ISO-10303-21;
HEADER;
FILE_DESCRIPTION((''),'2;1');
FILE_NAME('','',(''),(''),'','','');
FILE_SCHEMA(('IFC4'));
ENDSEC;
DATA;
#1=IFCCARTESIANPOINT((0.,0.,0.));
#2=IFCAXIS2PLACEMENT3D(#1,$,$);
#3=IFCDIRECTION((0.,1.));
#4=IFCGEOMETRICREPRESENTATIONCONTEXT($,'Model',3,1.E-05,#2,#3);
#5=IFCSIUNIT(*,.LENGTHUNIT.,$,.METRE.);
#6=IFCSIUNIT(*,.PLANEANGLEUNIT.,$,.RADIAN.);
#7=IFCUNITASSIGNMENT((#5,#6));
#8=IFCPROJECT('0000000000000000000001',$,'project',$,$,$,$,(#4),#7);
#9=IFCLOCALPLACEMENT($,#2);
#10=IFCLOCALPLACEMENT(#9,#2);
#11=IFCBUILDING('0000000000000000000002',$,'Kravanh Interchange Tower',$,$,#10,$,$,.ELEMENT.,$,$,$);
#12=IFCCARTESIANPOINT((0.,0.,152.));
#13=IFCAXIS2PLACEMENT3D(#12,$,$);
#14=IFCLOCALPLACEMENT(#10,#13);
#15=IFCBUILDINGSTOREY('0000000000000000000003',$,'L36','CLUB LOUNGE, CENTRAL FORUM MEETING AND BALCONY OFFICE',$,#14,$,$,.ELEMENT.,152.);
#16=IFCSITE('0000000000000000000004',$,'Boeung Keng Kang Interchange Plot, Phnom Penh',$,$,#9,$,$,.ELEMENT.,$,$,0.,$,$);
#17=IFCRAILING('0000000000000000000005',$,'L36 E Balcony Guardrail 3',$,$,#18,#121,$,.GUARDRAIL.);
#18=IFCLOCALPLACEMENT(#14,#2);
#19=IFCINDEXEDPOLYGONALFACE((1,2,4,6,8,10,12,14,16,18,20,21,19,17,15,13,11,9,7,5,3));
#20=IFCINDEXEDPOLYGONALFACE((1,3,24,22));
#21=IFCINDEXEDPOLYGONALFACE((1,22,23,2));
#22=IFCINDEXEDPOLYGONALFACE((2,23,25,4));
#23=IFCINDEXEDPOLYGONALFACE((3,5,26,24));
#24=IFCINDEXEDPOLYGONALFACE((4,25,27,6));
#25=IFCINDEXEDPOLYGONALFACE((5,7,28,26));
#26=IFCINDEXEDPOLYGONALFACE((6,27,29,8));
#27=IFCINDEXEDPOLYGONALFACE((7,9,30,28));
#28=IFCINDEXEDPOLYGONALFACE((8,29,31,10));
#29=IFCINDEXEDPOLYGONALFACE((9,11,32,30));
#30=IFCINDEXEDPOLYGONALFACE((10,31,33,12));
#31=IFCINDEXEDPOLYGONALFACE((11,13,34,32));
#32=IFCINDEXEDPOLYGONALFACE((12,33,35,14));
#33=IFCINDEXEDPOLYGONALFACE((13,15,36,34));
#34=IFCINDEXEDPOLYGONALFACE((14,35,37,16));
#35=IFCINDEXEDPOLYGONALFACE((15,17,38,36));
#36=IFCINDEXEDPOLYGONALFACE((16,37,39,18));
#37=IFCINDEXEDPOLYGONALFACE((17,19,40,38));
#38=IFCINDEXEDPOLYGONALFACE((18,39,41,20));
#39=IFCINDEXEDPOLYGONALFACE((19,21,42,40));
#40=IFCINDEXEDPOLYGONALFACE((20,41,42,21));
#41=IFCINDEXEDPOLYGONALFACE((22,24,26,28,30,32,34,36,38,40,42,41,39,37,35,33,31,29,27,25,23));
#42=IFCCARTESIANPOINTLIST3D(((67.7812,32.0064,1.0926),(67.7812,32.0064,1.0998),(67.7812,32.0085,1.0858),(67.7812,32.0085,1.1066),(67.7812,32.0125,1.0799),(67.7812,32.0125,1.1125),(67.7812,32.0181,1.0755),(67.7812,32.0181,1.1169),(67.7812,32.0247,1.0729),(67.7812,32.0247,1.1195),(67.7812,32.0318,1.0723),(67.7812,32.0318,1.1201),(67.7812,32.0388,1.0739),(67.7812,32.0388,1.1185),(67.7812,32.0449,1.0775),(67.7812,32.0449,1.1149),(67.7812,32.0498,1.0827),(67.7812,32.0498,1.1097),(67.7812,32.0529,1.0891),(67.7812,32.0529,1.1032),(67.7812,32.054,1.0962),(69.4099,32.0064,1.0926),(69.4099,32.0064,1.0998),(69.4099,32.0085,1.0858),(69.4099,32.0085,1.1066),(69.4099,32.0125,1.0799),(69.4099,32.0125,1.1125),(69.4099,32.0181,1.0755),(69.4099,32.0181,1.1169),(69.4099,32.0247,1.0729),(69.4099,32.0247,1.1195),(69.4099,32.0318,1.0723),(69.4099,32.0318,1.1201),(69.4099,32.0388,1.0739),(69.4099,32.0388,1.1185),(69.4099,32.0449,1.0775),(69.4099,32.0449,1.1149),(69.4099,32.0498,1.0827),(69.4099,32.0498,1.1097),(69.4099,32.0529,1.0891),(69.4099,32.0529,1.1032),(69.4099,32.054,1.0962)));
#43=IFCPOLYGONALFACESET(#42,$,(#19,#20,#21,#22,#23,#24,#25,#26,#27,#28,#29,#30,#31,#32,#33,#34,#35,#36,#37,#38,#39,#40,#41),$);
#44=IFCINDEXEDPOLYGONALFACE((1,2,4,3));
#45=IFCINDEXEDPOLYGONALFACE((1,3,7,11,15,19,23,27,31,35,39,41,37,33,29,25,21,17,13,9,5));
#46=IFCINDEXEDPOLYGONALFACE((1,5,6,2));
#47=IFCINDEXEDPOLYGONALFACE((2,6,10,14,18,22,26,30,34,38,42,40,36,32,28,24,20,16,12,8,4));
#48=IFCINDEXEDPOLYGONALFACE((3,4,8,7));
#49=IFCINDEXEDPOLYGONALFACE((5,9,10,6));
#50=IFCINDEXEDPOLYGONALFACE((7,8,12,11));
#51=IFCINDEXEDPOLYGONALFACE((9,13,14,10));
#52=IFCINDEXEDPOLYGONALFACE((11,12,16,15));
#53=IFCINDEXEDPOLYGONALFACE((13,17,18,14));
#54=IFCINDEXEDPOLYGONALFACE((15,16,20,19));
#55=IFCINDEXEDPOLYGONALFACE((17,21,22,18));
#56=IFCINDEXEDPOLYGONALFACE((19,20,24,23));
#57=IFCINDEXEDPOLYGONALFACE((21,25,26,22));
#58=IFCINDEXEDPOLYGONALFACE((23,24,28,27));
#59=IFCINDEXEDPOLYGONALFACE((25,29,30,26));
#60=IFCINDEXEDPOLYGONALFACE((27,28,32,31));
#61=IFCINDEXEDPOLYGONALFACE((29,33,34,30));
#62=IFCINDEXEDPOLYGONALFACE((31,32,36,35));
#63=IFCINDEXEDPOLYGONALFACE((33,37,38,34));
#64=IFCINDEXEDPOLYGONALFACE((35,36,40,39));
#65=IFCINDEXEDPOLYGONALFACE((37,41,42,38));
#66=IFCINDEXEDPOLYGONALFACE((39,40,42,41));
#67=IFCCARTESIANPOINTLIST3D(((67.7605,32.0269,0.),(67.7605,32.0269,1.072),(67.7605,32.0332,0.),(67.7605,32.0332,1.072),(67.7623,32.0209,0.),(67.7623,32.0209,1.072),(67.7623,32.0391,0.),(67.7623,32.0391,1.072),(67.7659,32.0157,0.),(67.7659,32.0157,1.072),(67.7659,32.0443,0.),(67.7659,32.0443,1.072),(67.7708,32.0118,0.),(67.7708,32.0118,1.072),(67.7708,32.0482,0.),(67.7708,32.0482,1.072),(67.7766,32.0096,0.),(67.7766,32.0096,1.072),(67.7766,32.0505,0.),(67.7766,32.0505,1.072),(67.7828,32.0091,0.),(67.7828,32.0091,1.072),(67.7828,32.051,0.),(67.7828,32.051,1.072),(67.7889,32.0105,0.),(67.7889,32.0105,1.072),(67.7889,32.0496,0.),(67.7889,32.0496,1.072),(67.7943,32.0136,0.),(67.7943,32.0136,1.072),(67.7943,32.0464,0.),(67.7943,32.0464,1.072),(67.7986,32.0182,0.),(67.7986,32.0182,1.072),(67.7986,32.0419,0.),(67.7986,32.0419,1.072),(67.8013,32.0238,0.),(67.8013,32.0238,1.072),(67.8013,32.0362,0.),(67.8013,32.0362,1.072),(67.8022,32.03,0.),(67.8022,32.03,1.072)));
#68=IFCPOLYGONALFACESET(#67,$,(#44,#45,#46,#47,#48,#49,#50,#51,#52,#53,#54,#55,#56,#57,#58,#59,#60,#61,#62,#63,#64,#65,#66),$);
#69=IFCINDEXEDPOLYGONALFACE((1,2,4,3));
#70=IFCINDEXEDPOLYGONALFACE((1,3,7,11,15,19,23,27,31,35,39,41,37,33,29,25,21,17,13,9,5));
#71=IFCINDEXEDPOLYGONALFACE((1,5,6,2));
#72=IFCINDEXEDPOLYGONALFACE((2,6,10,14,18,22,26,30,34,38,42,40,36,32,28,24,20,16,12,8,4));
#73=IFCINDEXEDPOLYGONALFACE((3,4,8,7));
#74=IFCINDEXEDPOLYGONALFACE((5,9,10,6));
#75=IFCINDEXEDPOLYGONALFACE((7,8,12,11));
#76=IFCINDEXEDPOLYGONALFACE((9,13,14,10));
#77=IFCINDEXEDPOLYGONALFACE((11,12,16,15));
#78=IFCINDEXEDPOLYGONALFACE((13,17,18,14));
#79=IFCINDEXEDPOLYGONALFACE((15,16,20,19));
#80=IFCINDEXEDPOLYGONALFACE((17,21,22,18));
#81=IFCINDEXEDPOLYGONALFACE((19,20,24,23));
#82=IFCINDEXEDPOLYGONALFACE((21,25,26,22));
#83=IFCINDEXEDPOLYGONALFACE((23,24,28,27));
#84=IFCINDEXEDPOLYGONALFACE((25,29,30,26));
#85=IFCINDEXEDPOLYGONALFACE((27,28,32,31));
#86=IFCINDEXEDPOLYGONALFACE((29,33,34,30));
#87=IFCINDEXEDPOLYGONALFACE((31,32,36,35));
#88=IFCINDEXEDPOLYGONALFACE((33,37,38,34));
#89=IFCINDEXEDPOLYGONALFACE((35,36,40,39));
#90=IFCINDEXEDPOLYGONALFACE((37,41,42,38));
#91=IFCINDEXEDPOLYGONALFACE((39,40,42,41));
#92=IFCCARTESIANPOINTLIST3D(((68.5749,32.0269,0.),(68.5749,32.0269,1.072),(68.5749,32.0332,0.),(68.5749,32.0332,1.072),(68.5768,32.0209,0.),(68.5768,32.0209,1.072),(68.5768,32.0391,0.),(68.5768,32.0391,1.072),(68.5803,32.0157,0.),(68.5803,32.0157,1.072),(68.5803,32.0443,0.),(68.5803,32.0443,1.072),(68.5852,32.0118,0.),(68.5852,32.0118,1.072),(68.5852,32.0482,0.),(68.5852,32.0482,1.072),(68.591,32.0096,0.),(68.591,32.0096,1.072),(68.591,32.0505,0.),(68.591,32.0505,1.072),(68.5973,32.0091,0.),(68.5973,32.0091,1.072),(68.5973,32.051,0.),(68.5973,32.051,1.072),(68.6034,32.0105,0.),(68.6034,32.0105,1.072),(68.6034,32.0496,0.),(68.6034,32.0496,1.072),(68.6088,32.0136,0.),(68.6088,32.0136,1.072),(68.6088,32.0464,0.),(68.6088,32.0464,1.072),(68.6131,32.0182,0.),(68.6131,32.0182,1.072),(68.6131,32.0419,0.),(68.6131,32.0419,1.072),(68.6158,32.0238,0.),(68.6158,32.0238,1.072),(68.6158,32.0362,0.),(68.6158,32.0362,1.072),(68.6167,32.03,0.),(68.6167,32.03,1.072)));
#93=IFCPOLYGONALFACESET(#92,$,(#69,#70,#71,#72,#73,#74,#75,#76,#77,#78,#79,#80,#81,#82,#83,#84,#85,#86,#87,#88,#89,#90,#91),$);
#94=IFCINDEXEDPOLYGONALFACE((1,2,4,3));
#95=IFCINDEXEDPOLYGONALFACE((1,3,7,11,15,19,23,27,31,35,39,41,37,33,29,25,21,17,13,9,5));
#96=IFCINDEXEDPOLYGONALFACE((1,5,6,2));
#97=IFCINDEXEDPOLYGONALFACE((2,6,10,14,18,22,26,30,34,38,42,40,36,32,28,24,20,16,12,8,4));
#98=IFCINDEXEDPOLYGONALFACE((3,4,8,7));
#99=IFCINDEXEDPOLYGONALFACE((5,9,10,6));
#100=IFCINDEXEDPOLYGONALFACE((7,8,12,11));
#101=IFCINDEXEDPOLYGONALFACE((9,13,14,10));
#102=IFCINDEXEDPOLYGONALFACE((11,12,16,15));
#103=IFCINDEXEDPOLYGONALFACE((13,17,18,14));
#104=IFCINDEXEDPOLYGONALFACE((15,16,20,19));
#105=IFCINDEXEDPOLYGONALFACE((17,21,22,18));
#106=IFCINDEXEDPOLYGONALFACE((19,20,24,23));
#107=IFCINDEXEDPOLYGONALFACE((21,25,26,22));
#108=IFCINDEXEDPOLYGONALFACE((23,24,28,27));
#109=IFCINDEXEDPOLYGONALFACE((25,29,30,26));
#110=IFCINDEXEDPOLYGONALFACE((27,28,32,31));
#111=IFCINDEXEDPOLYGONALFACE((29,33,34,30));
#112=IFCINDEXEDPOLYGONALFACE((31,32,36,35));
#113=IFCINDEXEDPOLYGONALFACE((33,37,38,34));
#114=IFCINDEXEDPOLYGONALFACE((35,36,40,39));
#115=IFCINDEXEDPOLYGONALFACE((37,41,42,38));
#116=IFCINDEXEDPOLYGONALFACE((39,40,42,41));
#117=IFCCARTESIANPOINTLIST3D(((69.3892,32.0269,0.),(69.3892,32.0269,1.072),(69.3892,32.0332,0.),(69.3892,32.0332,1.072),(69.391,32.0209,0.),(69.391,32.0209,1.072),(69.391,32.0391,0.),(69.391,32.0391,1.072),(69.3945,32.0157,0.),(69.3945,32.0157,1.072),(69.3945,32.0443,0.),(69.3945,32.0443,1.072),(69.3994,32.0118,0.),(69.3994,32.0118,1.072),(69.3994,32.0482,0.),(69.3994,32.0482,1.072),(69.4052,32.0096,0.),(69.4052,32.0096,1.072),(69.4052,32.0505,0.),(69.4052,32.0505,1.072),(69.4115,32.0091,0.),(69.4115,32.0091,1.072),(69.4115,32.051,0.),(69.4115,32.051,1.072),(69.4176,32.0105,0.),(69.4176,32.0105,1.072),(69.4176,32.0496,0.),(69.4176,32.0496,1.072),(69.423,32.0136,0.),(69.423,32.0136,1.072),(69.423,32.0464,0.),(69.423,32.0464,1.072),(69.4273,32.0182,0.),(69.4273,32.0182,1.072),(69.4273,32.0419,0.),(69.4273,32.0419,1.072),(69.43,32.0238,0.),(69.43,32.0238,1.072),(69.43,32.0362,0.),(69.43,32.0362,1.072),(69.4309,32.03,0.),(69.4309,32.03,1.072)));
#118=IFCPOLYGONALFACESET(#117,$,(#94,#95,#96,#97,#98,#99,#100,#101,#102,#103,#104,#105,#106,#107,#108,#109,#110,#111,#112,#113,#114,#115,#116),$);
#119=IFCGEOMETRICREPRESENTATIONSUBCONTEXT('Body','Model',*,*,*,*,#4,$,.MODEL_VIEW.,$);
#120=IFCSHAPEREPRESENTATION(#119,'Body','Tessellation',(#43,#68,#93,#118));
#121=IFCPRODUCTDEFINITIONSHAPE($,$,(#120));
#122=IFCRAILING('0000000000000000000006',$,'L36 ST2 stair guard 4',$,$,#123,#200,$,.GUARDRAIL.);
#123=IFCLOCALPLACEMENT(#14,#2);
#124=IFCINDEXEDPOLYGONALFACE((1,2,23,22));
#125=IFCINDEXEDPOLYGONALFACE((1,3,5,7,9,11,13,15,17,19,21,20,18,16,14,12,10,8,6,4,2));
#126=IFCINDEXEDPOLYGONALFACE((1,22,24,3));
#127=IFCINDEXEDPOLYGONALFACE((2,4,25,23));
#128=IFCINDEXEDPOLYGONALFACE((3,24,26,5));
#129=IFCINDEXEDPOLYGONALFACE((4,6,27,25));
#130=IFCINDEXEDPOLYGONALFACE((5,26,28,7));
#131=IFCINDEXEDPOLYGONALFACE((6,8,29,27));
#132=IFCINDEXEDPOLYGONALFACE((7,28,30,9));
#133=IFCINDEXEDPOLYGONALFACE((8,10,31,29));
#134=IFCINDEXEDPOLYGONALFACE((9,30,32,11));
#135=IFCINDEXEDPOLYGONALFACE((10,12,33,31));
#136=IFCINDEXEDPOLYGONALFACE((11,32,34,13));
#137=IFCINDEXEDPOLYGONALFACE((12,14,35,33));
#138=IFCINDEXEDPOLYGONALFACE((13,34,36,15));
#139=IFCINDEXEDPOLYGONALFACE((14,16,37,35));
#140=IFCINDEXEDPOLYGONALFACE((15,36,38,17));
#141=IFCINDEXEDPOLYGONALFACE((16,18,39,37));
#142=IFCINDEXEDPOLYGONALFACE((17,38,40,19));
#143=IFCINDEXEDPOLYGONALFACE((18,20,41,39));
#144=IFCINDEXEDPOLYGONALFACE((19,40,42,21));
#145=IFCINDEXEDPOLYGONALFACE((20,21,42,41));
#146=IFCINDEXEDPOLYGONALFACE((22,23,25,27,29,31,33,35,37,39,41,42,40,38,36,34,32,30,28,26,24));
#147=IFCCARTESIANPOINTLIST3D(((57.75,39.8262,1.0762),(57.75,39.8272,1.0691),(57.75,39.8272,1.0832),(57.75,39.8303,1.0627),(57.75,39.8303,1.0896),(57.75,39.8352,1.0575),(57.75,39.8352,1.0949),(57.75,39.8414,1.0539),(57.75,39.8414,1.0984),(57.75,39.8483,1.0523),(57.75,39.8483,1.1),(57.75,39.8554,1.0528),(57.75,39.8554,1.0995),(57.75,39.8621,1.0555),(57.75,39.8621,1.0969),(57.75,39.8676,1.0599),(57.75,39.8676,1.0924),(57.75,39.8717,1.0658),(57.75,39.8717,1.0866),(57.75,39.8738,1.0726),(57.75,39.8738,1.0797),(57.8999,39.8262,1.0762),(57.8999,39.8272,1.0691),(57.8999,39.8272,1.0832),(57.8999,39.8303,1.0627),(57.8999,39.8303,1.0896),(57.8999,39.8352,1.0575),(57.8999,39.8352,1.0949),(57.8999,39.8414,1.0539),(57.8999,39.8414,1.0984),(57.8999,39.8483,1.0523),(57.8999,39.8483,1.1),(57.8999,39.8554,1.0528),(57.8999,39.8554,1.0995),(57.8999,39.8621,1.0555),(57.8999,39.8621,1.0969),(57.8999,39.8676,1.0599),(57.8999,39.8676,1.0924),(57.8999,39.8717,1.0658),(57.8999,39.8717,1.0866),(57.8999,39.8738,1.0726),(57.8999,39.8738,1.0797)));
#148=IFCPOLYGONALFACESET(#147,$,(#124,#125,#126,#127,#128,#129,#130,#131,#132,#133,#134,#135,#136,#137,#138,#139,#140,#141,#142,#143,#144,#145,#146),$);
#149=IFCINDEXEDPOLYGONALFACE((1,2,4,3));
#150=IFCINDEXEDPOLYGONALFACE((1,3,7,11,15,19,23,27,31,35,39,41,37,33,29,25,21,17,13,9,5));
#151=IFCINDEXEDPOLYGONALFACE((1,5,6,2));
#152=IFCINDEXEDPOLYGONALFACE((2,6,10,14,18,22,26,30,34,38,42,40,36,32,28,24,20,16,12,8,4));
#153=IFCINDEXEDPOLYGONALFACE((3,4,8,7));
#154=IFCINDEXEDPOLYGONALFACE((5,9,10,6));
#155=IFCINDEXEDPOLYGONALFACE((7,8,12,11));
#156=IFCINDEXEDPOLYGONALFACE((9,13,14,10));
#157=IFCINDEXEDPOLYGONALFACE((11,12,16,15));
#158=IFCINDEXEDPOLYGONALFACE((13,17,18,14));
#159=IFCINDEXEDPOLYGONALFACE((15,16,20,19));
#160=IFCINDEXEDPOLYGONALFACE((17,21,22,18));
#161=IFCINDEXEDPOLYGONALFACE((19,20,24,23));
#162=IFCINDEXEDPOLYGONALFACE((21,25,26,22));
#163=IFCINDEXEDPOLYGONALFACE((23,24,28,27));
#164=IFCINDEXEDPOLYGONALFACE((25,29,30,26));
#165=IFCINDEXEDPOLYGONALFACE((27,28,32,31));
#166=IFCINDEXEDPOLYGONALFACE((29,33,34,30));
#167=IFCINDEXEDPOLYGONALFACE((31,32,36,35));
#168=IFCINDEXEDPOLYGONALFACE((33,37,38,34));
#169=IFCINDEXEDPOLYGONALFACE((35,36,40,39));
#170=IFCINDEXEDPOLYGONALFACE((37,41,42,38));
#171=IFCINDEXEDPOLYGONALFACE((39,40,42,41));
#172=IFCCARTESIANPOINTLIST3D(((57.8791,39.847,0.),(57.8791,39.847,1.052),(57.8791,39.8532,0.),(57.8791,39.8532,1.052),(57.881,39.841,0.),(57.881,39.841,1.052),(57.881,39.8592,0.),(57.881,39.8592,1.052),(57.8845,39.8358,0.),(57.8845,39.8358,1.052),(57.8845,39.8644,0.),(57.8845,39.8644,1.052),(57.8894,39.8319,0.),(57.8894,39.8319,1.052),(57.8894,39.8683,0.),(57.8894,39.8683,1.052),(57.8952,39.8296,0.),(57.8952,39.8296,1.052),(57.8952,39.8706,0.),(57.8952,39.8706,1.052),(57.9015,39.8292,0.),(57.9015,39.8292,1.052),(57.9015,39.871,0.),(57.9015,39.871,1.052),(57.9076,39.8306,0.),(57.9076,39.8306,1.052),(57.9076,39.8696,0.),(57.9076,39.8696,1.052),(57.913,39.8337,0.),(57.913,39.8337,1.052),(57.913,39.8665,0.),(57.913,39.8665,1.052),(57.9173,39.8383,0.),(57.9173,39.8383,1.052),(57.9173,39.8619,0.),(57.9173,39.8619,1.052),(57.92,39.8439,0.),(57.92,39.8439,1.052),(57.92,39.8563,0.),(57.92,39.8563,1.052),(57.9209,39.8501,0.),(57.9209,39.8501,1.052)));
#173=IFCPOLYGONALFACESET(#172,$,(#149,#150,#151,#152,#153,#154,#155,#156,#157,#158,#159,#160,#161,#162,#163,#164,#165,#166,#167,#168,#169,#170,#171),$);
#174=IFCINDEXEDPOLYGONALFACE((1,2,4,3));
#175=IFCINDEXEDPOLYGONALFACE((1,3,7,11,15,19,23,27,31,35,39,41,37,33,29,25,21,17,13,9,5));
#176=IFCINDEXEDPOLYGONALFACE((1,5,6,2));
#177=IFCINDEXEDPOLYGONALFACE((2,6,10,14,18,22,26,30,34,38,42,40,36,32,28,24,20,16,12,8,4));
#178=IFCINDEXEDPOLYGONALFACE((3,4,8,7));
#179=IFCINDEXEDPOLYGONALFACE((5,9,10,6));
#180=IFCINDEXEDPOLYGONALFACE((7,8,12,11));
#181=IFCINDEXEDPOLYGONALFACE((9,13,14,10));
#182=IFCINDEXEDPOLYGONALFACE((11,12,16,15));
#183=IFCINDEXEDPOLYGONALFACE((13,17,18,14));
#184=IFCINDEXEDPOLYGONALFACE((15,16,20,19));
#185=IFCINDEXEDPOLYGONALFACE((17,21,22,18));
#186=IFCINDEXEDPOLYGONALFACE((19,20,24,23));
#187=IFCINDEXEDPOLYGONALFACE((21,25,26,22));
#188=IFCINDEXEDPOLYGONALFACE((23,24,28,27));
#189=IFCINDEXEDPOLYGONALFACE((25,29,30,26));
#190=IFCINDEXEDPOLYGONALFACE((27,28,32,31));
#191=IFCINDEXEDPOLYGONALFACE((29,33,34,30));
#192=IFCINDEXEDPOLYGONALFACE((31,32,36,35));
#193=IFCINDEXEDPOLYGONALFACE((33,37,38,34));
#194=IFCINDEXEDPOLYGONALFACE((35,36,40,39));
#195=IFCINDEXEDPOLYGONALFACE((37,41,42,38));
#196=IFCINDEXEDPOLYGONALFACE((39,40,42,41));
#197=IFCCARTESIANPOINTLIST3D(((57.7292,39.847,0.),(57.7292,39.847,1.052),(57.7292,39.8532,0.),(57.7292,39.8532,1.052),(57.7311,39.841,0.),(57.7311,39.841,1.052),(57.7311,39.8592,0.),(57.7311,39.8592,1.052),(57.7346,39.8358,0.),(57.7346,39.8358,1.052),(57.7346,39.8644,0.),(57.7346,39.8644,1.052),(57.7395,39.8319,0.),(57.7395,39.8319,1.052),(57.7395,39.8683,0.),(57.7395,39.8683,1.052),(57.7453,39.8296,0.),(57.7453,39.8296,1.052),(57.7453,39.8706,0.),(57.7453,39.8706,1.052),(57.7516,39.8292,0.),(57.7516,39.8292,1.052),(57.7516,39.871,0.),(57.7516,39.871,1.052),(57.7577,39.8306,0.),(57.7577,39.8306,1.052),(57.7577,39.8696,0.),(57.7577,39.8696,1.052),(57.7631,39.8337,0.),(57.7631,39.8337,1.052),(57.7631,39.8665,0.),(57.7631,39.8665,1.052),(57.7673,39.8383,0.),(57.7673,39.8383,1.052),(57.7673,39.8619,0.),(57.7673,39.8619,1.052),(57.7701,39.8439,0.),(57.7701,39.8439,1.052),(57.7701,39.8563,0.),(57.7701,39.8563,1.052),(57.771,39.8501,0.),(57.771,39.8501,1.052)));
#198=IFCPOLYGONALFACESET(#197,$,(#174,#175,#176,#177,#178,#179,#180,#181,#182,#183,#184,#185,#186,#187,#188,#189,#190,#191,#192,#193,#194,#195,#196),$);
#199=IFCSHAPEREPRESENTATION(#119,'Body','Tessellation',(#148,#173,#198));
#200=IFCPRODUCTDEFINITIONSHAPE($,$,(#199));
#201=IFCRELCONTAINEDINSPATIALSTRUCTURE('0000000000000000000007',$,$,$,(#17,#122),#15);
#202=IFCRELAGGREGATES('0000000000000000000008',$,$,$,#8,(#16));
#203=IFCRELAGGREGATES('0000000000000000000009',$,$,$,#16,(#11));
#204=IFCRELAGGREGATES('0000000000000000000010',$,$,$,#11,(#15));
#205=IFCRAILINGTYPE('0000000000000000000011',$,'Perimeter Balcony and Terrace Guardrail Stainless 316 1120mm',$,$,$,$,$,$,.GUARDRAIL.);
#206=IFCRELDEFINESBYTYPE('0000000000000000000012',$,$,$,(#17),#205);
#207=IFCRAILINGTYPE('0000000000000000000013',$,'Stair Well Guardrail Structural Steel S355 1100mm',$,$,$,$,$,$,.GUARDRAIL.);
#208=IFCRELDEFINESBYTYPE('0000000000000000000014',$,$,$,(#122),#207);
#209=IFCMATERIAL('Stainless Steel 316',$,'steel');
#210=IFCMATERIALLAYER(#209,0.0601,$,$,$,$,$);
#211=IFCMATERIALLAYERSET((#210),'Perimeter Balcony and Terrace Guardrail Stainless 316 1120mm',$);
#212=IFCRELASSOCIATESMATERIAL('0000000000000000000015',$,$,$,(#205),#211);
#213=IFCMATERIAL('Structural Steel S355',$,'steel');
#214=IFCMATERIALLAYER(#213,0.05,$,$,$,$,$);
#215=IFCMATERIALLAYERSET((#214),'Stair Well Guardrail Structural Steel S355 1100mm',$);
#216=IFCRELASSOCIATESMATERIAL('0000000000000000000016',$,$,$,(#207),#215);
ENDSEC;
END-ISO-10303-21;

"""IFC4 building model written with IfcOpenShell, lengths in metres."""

from ifc_helpers import new_model, si_unit, direction, frame, origin, origin_2d, place, context, subcontext, project, spatial, circle, extrude, material, layer, layer_set, type_object, element, save


model = new_model("IFC4")

# Units and contexts
model_context = context("Model", 3, precision=1e-05, world=origin(), true_north=direction((0.0, 1.0)))
body_context = subcontext(model_context, "Body", "Model", "MODEL_VIEW")
ifc_project = project(units=[si_unit("LENGTHUNIT", "METRE"), si_unit("PLANEANGLEUNIT", "RADIAN")], contexts=[model_context])

# Site, building, storey
site_placement = place(None, origin())
site = spatial("IfcSite", under=ifc_project, at=site_placement, Name="Boeung Keng Kang Interchange Plot, Phnom Penh", CompositionType="ELEMENT", RefElevation=0.0)
building_placement = place(site_placement, origin())
building = spatial("IfcBuilding", under=site, at=building_placement, Name="Kravanh Interchange Tower", CompositionType="ELEMENT")
storey_placement = place(building_placement, frame((0.0, 0.0, 152.0)))
storey = spatial("IfcBuildingStorey", under=building, at=storey_placement, Name="L36", Description="CLUB LOUNGE, CENTRAL FORUM MEETING AND BALCONY OFFICE", CompositionType="ELEMENT", Elevation=152.0)

# Railings
ifc_material_1 = material(Name="Stainless Steel 316", Category="steel")
ifc_layer_1 = layer(ifc_material_1, 0.0601)
ifc_layer_set_1 = layer_set([ifc_layer_1], Name="Perimeter Balcony and Terrace Guardrail Stainless 316 1120mm")
railing_type_1 = type_object("IfcRailingType", Name="Perimeter Balcony and Terrace Guardrail Stainless 316 1120mm", PredefinedType="GUARDRAIL", material=ifc_layer_set_1)
railing_1_placement = place(storey_placement, frame((67.7812, 32.03, 0.0)))
element("IfcRailing", 1, at=railing_1_placement, inside=storey, type_object=railing_type_1, Name="L36 E Balcony Guardrail 3", PredefinedType="GUARDRAIL", context=body_context, shape_type="SweptSolid", body=[
    extrude(circle(Radius=0.0239, at=origin_2d()), frame((0.0, 0.0, 1.0962), z_axis=(1.0, 0.0, 0.0), x_axis=(0.0, 1.0, 0.0)), (0.0, 0.0, 1.0), 1.6287),
    extrude(circle(Radius=0.021, at=origin_2d()), origin(), (0.0, 0.0, 1.0), 1.072),
    extrude(circle(Radius=0.021, at=origin_2d()), frame((0.8145, 0.0, 0.0)), (0.0, 0.0, 1.0), 1.072),
    extrude(circle(Radius=0.021, at=origin_2d()), frame((1.6287, 0.0, 0.0)), (0.0, 0.0, 1.0), 1.072),
])
ifc_material_2 = material(Name="Structural Steel S355", Category="steel")
ifc_layer_2 = layer(ifc_material_2, 0.05)
ifc_layer_set_2 = layer_set([ifc_layer_2], Name="Stair Well Guardrail Structural Steel S355 1100mm")
railing_type_2 = type_object("IfcRailingType", Name="Stair Well Guardrail Structural Steel S355 1100mm", PredefinedType="GUARDRAIL", material=ifc_layer_set_2)
railing_2_placement = place(storey_placement, frame((57.8999, 39.8501, 0.0)))
element("IfcRailing", 2, at=railing_2_placement, inside=storey, type_object=railing_type_2, Name="L36 ST2 stair guard 4", PredefinedType="GUARDRAIL", context=body_context, shape_type="SweptSolid", body=[
    extrude(circle(Radius=0.0239, at=origin_2d()), frame((0.0, 0.0, 1.0762), z_axis=(-1.0, 0.0, 0.0), x_axis=(0.0, -1.0, 0.0)), (0.0, 0.0, 1.0), 0.1499),
    extrude(circle(Radius=0.021, at=origin_2d()), origin(), (0.0, 0.0, 1.0), 1.052),
    extrude(circle(Radius=0.021, at=origin_2d()), frame((-0.1499, 0.0, 0.0)), (0.0, 0.0, 1.0), 1.052),
])

save(model, "model.ifc")
